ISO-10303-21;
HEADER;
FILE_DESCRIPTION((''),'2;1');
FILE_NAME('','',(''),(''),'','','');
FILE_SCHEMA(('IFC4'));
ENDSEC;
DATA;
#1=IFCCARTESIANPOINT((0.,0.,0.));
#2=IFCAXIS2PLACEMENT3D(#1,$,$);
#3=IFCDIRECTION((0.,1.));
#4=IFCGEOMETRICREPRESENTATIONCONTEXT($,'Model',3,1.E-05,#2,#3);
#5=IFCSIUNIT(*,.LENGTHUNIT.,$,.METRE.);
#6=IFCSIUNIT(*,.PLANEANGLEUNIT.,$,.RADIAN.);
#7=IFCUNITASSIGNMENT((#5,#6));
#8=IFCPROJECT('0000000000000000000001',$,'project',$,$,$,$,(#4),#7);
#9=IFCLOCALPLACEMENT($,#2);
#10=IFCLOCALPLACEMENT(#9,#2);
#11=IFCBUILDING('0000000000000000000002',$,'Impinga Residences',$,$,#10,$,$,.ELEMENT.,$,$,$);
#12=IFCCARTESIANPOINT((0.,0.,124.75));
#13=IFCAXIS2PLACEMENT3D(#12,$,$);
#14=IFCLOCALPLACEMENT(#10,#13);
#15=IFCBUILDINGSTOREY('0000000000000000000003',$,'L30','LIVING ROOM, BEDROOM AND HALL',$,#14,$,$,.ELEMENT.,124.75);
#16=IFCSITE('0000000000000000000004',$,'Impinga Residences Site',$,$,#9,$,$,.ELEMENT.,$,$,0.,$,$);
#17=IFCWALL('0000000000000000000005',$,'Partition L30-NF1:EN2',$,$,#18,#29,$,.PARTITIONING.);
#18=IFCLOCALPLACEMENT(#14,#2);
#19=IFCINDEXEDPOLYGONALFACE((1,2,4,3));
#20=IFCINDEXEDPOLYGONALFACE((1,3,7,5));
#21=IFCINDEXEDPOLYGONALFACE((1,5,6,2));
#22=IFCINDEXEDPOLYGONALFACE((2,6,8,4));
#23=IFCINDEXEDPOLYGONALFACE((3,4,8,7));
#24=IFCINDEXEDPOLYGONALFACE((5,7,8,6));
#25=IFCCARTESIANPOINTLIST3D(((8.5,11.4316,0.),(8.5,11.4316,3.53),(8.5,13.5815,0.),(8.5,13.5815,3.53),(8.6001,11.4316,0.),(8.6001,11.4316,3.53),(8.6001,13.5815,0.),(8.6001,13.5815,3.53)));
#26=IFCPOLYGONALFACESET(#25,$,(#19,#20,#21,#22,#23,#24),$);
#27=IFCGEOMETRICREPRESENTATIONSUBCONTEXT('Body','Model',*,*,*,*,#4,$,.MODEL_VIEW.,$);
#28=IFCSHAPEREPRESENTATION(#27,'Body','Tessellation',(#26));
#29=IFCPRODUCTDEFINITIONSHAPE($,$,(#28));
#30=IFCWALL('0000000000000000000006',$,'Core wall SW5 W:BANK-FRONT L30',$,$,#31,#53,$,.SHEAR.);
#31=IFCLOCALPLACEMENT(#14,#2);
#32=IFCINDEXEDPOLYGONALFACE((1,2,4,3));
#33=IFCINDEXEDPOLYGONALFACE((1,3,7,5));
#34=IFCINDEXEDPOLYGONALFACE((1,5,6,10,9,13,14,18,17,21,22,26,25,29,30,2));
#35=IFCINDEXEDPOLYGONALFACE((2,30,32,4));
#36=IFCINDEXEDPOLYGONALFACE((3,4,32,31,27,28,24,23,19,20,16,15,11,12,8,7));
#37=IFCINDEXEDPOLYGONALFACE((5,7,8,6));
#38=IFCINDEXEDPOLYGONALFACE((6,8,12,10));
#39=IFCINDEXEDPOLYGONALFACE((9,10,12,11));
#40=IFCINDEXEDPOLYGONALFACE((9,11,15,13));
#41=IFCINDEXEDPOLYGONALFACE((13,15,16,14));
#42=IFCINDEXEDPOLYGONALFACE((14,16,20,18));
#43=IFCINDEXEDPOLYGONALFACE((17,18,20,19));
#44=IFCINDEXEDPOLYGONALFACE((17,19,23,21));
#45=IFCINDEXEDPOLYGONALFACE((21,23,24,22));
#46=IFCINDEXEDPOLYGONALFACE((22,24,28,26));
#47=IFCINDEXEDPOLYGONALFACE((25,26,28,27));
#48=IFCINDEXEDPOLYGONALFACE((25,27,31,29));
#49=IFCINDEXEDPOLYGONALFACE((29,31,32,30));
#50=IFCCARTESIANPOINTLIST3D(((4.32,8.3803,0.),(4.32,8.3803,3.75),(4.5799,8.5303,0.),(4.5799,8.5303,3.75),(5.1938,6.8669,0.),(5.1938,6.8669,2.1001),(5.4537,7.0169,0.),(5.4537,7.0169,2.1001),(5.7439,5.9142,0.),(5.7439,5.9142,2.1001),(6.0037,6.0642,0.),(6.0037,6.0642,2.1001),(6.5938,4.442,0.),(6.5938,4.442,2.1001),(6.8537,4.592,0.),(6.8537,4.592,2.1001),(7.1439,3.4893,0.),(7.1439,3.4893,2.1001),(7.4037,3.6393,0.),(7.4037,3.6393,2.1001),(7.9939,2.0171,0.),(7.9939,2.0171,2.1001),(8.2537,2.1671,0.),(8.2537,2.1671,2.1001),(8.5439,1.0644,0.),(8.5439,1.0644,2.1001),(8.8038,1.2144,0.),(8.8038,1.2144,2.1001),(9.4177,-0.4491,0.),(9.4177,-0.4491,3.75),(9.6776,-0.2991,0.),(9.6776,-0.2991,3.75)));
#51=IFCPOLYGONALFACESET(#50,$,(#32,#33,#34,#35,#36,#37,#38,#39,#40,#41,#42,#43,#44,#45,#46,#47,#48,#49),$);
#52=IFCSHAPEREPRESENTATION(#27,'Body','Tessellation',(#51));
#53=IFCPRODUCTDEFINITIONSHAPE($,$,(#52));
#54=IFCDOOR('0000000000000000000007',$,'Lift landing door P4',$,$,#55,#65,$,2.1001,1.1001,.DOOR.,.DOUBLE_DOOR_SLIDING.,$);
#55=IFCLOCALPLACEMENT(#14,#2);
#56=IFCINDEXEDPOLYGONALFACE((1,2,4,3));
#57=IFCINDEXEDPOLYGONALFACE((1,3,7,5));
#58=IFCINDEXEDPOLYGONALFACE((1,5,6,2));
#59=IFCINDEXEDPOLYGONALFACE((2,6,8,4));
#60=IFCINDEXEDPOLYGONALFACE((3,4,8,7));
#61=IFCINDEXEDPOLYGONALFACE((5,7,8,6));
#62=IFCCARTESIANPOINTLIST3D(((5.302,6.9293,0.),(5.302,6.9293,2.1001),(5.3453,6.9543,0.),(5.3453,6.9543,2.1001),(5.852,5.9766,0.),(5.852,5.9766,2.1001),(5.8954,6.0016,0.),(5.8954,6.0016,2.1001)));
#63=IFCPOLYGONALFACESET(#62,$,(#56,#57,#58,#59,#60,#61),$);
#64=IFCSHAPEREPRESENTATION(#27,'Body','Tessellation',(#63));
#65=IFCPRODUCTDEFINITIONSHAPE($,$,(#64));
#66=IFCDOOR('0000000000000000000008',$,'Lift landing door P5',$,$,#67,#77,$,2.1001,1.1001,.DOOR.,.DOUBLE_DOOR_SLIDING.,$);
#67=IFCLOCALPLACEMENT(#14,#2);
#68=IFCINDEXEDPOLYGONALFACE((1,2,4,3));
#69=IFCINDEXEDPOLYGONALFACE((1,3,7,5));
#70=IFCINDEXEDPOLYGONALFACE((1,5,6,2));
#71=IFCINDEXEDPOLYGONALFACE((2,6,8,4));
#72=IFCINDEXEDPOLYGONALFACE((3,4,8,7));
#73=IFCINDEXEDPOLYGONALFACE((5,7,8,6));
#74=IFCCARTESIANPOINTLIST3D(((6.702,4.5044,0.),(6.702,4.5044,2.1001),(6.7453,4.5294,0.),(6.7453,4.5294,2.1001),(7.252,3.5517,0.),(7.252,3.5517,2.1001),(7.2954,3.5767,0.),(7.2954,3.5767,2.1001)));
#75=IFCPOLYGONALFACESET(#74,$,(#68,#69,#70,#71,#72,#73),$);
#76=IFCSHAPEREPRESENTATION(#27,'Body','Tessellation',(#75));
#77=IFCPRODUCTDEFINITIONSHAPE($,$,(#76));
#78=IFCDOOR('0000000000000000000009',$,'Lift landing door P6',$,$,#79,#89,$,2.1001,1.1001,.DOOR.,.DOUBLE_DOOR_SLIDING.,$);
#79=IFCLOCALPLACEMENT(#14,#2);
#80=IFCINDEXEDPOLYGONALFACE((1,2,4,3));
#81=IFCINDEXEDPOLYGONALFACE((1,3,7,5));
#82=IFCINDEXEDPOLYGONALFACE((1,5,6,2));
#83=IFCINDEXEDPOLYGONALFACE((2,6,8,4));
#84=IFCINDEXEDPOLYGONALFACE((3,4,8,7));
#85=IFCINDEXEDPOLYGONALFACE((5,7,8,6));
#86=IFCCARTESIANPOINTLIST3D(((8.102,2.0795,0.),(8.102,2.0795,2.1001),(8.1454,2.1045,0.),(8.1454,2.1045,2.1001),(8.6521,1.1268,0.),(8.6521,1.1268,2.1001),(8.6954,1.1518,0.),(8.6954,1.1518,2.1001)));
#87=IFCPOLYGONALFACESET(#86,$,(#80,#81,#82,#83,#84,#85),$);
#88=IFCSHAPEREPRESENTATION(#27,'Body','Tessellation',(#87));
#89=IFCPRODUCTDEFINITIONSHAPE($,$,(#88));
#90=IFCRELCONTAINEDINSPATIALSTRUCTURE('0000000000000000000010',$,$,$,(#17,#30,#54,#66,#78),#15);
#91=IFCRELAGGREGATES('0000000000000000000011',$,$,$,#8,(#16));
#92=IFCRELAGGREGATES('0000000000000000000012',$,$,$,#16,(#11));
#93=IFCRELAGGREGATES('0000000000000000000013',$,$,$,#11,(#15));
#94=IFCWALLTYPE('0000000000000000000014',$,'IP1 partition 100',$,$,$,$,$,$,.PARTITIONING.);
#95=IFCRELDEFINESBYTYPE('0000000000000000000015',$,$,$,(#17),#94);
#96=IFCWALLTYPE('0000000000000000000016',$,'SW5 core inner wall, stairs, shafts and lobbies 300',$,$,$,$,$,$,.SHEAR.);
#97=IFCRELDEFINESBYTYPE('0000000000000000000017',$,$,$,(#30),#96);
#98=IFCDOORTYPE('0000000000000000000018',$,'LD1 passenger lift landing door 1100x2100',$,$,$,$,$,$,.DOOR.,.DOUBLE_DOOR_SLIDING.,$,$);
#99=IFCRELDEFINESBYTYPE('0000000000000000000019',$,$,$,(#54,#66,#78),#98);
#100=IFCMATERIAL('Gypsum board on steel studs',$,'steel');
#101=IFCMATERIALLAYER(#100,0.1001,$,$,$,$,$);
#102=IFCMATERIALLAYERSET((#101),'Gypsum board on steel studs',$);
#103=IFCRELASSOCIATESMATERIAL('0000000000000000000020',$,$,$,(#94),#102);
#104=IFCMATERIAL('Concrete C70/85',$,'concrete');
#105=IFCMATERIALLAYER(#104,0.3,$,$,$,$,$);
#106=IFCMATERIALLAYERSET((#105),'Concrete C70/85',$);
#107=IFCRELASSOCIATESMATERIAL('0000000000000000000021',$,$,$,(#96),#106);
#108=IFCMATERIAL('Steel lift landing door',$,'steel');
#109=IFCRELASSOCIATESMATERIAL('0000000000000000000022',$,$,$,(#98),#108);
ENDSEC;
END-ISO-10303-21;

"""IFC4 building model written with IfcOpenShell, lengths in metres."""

from ifc_helpers import new_model, si_unit, direction, frame, frame_2d, origin, place, context, subcontext, project, spatial, rectangle, extrude, material, layer, layer_set, type_object, element, fill, save


model = new_model("IFC4")

# Units and contexts
model_context = context("Model", 3, precision=1e-05, world=origin(), true_north=direction((0.0, 1.0)))
body_context = subcontext(model_context, "Body", "Model", "MODEL_VIEW")
ifc_project = project(units=[si_unit("LENGTHUNIT", "METRE"), si_unit("PLANEANGLEUNIT", "RADIAN")], contexts=[model_context])

# Site, building, storey
site_placement = place(None, origin())
site = spatial("IfcSite", under=ifc_project, at=site_placement, Name="Impinga Residences Site", CompositionType="ELEMENT", RefElevation=0.0)
building_placement = place(site_placement, origin())
building = spatial("IfcBuilding", under=site, at=building_placement, Name="Impinga Residences", CompositionType="ELEMENT")
storey_placement = place(building_placement, frame((0.0, 0.0, 124.75)))
storey = spatial("IfcBuildingStorey", under=building, at=storey_placement, Name="L30", Description="LIVING ROOM, BEDROOM AND HALL", CompositionType="ELEMENT", Elevation=124.75)

# Shared definitions
ifc_material_1 = material(Name="Gypsum board on steel studs", Category="steel")
ifc_layer_1 = layer(ifc_material_1, 0.1001)
ifc_layer_set_1 = layer_set([ifc_layer_1], Name="Gypsum board on steel studs")
wall_type_1 = type_object("IfcWallType", Name="IP1 partition 100", PredefinedType="PARTITIONING", material=ifc_layer_set_1)

# Wall
wall_1_placement = place(storey_placement, frame((8.55, 11.4316, 0.0), z_axis=(0.0, 0.0, 1.0), x_axis=(0.0, 1.0, 0.0)))
element("IfcWall", 1, at=wall_1_placement, inside=storey, type_object=wall_type_1, Name="Partition L30-NF1:EN2", PredefinedType="PARTITIONING", context=body_context, shape_type="SweptSolid", body=[
    extrude(rectangle(XDim=2.1499, YDim=0.1001, at=frame_2d((1.075, 0.0))), origin(), (0.0, 0.0, 1.0), 3.53),
])

# Wall, openings, doors
ifc_material_2 = material(Name="Concrete C70/85", Category="concrete")
ifc_layer_2 = layer(ifc_material_2, 0.3)
ifc_layer_set_2 = layer_set([ifc_layer_2], Name="Concrete C70/85")
wall_type_2 = type_object("IfcWallType", Name="SW5 core inner wall, stairs, shafts and lobbies 300", PredefinedType="SHEAR", material=ifc_layer_set_2)
wall_2_placement = place(storey_placement, frame((4.45, 8.4553, 0.0), z_axis=(0.0, 0.0, 1.0), x_axis=(0.500002, -0.866024, 0.0)))
wall_2 = element("IfcWall", 2, at=wall_2_placement, inside=storey, type_object=wall_type_2, Name="Core wall SW5 W:BANK-FRONT L30", PredefinedType="SHEAR", context=body_context, shape_type="SweptSolid", body=[
    extrude(rectangle(XDim=10.1953, YDim=0.3, at=frame_2d((5.0977, 0.0))), origin(), (0.0, 0.0, 1.0), 3.75),
])
opening_1_placement = place(wall_2_placement, frame((1.7476, 0.0, 0.0)))
opening_1 = element("IfcOpeningElement", 3, at=opening_1_placement, cuts=wall_2, PredefinedType="OPENING", context=body_context, shape_type="SweptSolid", body=[
    extrude(rectangle(XDim=1.1001, YDim=2.1001, at=frame_2d((0.55, 1.05))), frame((0.0, 0.1599, 0.0), z_axis=(0.0, -1.0, 0.0), x_axis=(1.0, 0.0, 0.0)), (0.0, 0.0, 1.0), 0.3201),
])
opening_2_placement = place(wall_2_placement, frame((4.5476, 0.0, 0.0)))
opening_2 = element("IfcOpeningElement", 4, at=opening_2_placement, cuts=wall_2, PredefinedType="OPENING", context=body_context, shape_type="SweptSolid", body=[
    extrude(rectangle(XDim=1.1001, YDim=2.1001, at=frame_2d((0.55, 1.05))), frame((0.0, 0.1599, 0.0), z_axis=(0.0, -1.0, 0.0), x_axis=(1.0, 0.0, 0.0)), (0.0, 0.0, 1.0), 0.3201),
])
opening_3_placement = place(wall_2_placement, frame((7.3477, 0.0, 0.0)))
opening_3 = element("IfcOpeningElement", 5, at=opening_3_placement, cuts=wall_2, PredefinedType="OPENING", context=body_context, shape_type="SweptSolid", body=[
    extrude(rectangle(XDim=1.1001, YDim=2.1001, at=frame_2d((0.55, 1.05))), frame((0.0, 0.1599, 0.0), z_axis=(0.0, -1.0, 0.0), x_axis=(1.0, 0.0, 0.0)), (0.0, 0.0, 1.0), 0.3201),
])
ifc_material_3 = material(Name="Steel lift landing door", Category="steel")
door_type_1 = type_object("IfcDoorType", Name="LD1 passenger lift landing door 1100x2100", OperationType="DOUBLE_DOOR_SLIDING", PredefinedType="DOOR", material=ifc_material_3)
door_1_placement = place(opening_1_placement, origin())
door_1 = element("IfcDoor", 6, at=door_1_placement, inside=storey, type_object=door_type_1, Name="Lift landing door P4", OperationType="DOUBLE_DOOR_SLIDING", OverallHeight=2.1001, OverallWidth=1.1001, PredefinedType="DOOR", context=body_context, shape_type="SweptSolid", body=[
    extrude(rectangle(XDim=1.1001, YDim=2.1001, at=frame_2d((0.55, 1.05))), frame((0.0, 0.0249, 0.0), z_axis=(0.0, -1.0, 0.0), x_axis=(1.0, 0.0, 0.0)), (0.0, 0.0, 1.0), 0.05),
])
fill(opening_1, door_1)
door_2_placement = place(opening_2_placement, origin())
door_2 = element("IfcDoor", 7, at=door_2_placement, inside=storey, type_object=door_type_1, Name="Lift landing door P5", OperationType="DOUBLE_DOOR_SLIDING", OverallHeight=2.1001, OverallWidth=1.1001, PredefinedType="DOOR", context=body_context, shape_type="SweptSolid", body=[
    extrude(rectangle(XDim=1.1001, YDim=2.1001, at=frame_2d((0.55, 1.05))), frame((0.0, 0.0249, 0.0), z_axis=(0.0, -1.0, 0.0), x_axis=(1.0, 0.0, 0.0)), (0.0, 0.0, 1.0), 0.05),
])
fill(opening_2, door_2)
door_3_placement = place(opening_3_placement, origin())
door_3 = element("IfcDoor", 8, at=door_3_placement, inside=storey, type_object=door_type_1, Name="Lift landing door P6", OperationType="DOUBLE_DOOR_SLIDING", OverallHeight=2.1001, OverallWidth=1.1001, PredefinedType="DOOR", context=body_context, shape_type="SweptSolid", body=[
    extrude(rectangle(XDim=1.1001, YDim=2.1001, at=frame_2d((0.55, 1.05))), frame((0.0, 0.0249, 0.0), z_axis=(0.0, -1.0, 0.0), x_axis=(1.0, 0.0, 0.0)), (0.0, 0.0, 1.0), 0.05),
])
fill(opening_3, door_3)

save(model, "model.ifc")
